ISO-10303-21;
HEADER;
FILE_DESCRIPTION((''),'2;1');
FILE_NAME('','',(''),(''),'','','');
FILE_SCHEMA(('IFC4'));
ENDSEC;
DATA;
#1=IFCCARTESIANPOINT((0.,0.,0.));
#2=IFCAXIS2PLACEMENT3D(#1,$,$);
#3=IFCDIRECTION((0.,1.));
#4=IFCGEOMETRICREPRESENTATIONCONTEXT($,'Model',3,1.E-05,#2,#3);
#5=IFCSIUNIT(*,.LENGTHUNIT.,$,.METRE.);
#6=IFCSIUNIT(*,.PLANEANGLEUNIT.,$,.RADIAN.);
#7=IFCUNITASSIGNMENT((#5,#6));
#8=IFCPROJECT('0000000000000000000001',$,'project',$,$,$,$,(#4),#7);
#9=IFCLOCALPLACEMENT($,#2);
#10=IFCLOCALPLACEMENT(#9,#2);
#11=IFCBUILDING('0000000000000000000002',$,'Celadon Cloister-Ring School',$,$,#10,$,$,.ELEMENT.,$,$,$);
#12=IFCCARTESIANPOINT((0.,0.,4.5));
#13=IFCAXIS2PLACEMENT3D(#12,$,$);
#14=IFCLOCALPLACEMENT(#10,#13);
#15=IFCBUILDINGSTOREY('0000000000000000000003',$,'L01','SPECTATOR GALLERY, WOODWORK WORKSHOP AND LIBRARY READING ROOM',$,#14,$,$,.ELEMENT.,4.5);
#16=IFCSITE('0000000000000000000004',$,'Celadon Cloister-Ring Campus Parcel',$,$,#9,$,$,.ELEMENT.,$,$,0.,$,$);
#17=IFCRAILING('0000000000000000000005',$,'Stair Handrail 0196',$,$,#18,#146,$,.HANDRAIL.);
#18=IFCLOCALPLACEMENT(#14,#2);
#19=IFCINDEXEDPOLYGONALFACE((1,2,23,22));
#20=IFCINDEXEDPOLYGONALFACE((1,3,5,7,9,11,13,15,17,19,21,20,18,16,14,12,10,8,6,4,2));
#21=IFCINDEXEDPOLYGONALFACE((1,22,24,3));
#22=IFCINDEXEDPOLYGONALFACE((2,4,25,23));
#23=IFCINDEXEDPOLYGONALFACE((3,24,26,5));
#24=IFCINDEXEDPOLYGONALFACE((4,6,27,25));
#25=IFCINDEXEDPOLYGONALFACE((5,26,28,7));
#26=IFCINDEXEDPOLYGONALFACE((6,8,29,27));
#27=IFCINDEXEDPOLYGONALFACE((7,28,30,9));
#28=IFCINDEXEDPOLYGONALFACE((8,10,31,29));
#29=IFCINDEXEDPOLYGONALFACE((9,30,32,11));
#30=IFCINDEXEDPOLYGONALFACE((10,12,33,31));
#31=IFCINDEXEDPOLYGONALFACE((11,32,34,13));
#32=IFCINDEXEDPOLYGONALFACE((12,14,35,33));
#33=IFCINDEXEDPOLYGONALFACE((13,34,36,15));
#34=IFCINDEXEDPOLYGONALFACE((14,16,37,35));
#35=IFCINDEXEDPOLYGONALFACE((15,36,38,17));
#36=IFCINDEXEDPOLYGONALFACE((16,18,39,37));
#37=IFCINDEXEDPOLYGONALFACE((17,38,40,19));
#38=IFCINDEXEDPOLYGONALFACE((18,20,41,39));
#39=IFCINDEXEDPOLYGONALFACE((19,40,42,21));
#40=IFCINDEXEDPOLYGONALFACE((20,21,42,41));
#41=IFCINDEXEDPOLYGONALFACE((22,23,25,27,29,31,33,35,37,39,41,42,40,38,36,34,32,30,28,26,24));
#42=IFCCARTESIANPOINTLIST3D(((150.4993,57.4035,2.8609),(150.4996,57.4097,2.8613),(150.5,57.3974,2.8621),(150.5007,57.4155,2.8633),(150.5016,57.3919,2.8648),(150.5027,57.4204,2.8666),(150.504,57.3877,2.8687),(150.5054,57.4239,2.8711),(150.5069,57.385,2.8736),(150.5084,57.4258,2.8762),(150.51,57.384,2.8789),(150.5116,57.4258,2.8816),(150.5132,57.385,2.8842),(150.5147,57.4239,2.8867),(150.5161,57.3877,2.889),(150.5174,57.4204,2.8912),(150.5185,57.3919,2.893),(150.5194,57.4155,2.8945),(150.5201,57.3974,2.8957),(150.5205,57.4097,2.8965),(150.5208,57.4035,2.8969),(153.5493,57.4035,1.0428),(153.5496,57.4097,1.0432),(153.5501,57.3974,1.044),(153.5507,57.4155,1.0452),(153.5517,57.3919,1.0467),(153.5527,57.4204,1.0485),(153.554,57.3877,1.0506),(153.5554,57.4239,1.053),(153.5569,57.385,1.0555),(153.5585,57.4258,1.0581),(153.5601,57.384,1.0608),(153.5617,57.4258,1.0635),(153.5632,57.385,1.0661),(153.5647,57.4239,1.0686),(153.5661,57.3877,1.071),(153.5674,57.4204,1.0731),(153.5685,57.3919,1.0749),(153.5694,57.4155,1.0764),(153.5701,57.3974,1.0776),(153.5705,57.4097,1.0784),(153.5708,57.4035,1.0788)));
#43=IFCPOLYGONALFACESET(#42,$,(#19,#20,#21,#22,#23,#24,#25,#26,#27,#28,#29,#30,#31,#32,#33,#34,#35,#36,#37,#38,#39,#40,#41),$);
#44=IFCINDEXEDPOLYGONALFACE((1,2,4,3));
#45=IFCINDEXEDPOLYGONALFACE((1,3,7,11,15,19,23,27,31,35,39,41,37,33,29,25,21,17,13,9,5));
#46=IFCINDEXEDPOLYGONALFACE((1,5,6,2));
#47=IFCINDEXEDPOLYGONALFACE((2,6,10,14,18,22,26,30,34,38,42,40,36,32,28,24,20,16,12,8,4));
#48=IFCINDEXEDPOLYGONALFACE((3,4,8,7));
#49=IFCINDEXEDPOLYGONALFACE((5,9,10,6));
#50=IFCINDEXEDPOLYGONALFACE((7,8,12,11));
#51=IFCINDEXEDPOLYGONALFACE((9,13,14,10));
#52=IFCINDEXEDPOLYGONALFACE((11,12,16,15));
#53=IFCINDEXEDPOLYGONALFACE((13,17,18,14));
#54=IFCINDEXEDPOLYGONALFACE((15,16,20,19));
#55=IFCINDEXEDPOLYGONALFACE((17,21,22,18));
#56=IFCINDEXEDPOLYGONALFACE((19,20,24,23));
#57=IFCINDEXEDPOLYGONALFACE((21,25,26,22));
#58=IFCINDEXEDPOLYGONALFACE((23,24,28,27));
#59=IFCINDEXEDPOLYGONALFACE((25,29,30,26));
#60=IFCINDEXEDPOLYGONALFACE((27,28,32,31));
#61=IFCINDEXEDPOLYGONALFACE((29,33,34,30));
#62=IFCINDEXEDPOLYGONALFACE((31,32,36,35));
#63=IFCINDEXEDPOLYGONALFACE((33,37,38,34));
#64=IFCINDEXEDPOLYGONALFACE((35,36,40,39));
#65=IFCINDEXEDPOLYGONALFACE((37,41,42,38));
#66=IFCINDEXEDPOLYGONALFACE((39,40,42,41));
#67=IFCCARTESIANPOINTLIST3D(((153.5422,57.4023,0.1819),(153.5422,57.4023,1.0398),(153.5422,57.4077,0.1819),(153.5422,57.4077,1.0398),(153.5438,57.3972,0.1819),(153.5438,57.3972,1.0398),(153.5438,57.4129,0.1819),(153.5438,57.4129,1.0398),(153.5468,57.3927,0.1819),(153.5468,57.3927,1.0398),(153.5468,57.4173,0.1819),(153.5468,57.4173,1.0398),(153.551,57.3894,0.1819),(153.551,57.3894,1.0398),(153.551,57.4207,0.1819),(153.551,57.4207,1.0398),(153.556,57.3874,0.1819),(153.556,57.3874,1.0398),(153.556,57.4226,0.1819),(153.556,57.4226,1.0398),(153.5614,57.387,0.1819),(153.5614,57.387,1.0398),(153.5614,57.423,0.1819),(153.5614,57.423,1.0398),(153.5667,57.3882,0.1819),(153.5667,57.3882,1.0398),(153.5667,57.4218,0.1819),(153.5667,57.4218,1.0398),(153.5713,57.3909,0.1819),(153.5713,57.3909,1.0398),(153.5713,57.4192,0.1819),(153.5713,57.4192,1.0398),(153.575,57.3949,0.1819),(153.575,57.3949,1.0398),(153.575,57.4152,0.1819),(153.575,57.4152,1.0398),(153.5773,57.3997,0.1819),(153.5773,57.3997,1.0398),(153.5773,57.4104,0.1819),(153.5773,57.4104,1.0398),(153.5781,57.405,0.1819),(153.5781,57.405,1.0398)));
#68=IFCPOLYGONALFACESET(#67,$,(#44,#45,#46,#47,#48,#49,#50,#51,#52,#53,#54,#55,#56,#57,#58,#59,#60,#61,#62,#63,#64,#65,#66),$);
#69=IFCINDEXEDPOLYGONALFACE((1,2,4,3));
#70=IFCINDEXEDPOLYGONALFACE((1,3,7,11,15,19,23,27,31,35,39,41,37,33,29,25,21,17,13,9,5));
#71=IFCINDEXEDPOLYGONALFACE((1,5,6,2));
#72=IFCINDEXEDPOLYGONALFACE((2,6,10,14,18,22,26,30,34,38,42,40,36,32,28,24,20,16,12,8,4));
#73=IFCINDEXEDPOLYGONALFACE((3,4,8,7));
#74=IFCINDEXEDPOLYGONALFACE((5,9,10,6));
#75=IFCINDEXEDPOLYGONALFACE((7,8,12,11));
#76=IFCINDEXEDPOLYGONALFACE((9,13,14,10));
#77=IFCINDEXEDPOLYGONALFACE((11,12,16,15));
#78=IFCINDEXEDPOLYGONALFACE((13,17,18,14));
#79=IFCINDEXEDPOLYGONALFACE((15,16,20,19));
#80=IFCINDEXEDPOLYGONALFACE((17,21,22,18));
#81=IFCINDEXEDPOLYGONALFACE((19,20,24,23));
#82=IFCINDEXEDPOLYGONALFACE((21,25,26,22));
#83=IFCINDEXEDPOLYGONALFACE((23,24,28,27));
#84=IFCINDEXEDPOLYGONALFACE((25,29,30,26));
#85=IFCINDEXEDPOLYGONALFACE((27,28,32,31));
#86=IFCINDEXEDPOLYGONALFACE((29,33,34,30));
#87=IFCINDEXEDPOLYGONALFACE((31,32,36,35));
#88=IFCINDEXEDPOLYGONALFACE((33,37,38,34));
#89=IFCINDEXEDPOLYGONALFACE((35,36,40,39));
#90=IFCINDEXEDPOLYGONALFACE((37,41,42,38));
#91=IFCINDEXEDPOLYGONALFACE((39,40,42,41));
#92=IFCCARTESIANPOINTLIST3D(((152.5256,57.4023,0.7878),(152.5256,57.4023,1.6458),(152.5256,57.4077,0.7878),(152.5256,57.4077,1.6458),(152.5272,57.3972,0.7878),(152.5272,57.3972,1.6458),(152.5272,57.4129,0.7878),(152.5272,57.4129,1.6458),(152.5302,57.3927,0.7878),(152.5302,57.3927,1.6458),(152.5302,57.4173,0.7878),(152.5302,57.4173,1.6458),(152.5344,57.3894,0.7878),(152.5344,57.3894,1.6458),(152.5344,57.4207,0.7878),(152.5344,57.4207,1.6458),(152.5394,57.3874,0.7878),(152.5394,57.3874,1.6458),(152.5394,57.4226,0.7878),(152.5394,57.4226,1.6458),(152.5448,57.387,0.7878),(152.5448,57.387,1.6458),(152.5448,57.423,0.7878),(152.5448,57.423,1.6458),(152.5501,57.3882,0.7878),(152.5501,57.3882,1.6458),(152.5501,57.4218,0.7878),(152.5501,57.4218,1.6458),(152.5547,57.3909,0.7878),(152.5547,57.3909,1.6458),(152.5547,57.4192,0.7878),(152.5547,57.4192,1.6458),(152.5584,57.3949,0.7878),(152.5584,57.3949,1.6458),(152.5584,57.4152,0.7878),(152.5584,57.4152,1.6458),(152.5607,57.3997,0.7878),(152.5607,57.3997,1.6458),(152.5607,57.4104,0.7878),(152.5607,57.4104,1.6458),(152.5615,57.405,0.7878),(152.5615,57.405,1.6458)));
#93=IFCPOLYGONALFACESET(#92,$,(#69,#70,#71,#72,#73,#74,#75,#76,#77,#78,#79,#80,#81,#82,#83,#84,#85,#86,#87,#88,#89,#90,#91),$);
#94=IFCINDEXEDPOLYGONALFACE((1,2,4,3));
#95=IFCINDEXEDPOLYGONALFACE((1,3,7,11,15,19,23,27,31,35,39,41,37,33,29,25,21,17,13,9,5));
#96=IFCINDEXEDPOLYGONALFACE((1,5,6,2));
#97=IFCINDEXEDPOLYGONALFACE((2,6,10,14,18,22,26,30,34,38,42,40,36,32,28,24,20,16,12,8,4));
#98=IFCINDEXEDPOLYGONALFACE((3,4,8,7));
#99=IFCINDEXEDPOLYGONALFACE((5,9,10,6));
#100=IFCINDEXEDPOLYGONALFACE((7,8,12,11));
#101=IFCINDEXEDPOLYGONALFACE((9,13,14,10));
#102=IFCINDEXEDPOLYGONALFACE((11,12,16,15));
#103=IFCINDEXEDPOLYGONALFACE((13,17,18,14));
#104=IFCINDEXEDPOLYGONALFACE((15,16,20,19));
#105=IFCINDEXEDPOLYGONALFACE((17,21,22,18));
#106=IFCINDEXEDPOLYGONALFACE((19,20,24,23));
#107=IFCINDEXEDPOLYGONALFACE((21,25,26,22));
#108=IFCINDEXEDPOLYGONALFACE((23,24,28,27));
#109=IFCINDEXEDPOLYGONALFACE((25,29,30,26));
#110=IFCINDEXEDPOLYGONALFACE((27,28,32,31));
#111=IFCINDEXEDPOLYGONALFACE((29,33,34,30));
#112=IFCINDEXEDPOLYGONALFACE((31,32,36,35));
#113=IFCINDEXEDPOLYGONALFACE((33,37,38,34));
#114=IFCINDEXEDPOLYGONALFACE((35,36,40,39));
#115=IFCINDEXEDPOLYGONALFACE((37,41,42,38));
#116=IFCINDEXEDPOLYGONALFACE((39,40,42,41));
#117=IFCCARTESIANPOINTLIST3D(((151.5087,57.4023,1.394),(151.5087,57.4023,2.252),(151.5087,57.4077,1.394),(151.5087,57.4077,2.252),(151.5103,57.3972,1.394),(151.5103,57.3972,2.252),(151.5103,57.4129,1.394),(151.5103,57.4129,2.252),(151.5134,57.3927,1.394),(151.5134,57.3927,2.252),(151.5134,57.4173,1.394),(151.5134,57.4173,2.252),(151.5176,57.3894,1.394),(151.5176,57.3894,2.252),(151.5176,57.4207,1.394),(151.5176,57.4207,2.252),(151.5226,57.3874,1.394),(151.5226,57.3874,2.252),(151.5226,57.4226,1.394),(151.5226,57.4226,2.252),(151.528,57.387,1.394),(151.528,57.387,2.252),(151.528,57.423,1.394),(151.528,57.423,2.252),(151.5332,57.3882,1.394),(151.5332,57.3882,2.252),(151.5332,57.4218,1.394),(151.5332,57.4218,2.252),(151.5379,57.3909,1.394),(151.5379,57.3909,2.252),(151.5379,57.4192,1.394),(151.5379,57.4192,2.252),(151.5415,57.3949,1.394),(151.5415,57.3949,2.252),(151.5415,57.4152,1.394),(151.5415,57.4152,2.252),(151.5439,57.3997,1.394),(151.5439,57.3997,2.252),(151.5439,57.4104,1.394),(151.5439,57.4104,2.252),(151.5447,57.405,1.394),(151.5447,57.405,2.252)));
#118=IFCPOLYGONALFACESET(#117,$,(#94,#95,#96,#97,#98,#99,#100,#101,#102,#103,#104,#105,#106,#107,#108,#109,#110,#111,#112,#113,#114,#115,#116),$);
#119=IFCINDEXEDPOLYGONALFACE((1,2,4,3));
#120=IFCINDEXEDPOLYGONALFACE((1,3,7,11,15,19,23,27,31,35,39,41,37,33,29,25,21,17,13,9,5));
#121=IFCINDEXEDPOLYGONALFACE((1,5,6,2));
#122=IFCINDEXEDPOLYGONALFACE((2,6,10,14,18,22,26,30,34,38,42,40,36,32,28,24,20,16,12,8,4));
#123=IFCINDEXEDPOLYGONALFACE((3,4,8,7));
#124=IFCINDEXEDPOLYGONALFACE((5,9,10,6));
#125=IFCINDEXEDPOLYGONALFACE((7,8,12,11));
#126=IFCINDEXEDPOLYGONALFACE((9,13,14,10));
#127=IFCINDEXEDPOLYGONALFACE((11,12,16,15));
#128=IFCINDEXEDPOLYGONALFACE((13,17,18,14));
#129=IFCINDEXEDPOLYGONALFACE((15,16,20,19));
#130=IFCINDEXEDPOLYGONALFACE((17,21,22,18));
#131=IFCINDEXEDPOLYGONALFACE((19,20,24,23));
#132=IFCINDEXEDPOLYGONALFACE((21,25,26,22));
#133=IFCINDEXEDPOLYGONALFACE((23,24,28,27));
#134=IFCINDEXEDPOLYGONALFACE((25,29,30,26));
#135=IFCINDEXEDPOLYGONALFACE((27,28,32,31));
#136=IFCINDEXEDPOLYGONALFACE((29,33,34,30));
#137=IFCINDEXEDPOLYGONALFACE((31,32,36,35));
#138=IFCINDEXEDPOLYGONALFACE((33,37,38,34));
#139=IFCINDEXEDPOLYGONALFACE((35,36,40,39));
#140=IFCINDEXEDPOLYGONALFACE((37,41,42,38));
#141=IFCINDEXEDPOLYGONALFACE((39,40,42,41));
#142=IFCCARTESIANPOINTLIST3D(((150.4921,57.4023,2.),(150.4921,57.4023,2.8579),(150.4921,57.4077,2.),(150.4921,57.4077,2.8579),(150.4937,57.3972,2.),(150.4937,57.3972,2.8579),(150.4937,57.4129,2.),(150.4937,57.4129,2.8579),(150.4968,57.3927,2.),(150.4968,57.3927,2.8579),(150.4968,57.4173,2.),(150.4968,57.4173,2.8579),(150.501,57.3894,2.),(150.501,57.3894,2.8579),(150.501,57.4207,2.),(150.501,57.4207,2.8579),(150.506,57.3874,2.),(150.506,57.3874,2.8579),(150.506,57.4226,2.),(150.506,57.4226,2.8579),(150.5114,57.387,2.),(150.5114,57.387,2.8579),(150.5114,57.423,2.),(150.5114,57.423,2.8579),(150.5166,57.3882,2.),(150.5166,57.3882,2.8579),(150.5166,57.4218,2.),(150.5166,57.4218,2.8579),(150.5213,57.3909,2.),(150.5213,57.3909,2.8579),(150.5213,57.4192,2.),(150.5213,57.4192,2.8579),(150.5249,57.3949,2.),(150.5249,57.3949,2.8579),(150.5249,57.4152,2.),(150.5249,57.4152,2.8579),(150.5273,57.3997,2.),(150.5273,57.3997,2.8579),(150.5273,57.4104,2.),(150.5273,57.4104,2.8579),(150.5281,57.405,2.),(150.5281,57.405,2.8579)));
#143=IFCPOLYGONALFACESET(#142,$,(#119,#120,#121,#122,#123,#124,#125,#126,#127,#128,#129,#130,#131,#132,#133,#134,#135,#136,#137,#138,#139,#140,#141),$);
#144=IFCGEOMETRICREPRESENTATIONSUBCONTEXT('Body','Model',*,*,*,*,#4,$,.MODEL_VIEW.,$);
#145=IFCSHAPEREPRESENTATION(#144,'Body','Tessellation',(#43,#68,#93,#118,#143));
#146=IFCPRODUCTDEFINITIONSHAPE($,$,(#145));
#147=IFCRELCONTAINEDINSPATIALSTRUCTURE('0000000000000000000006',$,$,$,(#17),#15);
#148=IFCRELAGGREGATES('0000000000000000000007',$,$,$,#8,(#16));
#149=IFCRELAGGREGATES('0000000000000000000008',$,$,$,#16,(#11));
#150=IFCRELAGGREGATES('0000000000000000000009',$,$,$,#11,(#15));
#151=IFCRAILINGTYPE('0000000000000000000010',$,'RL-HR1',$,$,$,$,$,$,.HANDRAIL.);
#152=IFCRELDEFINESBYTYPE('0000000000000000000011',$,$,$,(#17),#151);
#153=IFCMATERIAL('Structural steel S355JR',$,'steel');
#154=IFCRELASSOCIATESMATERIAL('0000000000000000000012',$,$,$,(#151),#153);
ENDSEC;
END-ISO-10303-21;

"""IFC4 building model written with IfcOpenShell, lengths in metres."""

from ifc_helpers import new_model, si_unit, direction, frame, origin, origin_2d, place, context, subcontext, project, spatial, circle, extrude, material, type_object, element, save


model = new_model("IFC4")

# Units and contexts
model_context = context("Model", 3, precision=1e-05, world=origin(), true_north=direction((0.0, 1.0)))
body_context = subcontext(model_context, "Body", "Model", "MODEL_VIEW")
ifc_project = project(units=[si_unit("LENGTHUNIT", "METRE"), si_unit("PLANEANGLEUNIT", "RADIAN")], contexts=[model_context])

# Site, building, storey
site_placement = place(None, origin())
site = spatial("IfcSite", under=ifc_project, at=site_placement, Name="Celadon Cloister-Ring Campus Parcel", CompositionType="ELEMENT", RefElevation=0.0)
building_placement = place(site_placement, origin())
building = spatial("IfcBuilding", under=site, at=building_placement, Name="Celadon Cloister-Ring School", CompositionType="ELEMENT")
storey_placement = place(building_placement, frame((0.0, 0.0, 4.5)))
storey = spatial("IfcBuildingStorey", under=building, at=storey_placement, Name="L01", Description="SPECTATOR GALLERY, WOODWORK WORKSHOP AND LIBRARY READING ROOM", CompositionType="ELEMENT", Elevation=4.5)

# Railing
ifc_material_1 = material(Name="Structural steel S355JR", Category="steel")
railing_type_1 = type_object("IfcRailingType", Name="RL-HR1", PredefinedType="HANDRAIL", material=ifc_material_1)
for number, where, name in (
    (1, (153.5601, 57.405, 0.1819), "Stair Handrail 0196"),
):
    element("IfcRailing", number, at=place(storey_placement, frame(where)), inside=storey, type_object=railing_type_1, Name=name, PredefinedType="HANDRAIL", context=body_context, shape_type="SweptSolid", body=[
        extrude(circle(Radius=0.021, at=origin_2d()), frame((0.0, 0.0, 0.8789), z_axis=(-0.85897, 0.0, 0.512026), x_axis=(0.0, -1.0, 0.0)), (0.0, 0.0, 1.0), 3.5508),
        extrude(circle(Radius=0.0181, at=origin_2d()), origin(), (0.0, 0.0, 1.0), 0.8579),
        extrude(circle(Radius=0.0181, at=origin_2d()), frame((-1.0166, 0.0, 0.606)), (0.0, 0.0, 1.0), 0.8579),
        extrude(circle(Radius=0.0181, at=origin_2d()), frame((-2.0334, 0.0, 1.2122)), (0.0, 0.0, 1.0), 0.8579),
        extrude(circle(Radius=0.0181, at=origin_2d()), frame((-3.05, 0.0, 1.8181)), (0.0, 0.0, 1.0), 0.8579),
    ])

save(model, "model.ifc")
